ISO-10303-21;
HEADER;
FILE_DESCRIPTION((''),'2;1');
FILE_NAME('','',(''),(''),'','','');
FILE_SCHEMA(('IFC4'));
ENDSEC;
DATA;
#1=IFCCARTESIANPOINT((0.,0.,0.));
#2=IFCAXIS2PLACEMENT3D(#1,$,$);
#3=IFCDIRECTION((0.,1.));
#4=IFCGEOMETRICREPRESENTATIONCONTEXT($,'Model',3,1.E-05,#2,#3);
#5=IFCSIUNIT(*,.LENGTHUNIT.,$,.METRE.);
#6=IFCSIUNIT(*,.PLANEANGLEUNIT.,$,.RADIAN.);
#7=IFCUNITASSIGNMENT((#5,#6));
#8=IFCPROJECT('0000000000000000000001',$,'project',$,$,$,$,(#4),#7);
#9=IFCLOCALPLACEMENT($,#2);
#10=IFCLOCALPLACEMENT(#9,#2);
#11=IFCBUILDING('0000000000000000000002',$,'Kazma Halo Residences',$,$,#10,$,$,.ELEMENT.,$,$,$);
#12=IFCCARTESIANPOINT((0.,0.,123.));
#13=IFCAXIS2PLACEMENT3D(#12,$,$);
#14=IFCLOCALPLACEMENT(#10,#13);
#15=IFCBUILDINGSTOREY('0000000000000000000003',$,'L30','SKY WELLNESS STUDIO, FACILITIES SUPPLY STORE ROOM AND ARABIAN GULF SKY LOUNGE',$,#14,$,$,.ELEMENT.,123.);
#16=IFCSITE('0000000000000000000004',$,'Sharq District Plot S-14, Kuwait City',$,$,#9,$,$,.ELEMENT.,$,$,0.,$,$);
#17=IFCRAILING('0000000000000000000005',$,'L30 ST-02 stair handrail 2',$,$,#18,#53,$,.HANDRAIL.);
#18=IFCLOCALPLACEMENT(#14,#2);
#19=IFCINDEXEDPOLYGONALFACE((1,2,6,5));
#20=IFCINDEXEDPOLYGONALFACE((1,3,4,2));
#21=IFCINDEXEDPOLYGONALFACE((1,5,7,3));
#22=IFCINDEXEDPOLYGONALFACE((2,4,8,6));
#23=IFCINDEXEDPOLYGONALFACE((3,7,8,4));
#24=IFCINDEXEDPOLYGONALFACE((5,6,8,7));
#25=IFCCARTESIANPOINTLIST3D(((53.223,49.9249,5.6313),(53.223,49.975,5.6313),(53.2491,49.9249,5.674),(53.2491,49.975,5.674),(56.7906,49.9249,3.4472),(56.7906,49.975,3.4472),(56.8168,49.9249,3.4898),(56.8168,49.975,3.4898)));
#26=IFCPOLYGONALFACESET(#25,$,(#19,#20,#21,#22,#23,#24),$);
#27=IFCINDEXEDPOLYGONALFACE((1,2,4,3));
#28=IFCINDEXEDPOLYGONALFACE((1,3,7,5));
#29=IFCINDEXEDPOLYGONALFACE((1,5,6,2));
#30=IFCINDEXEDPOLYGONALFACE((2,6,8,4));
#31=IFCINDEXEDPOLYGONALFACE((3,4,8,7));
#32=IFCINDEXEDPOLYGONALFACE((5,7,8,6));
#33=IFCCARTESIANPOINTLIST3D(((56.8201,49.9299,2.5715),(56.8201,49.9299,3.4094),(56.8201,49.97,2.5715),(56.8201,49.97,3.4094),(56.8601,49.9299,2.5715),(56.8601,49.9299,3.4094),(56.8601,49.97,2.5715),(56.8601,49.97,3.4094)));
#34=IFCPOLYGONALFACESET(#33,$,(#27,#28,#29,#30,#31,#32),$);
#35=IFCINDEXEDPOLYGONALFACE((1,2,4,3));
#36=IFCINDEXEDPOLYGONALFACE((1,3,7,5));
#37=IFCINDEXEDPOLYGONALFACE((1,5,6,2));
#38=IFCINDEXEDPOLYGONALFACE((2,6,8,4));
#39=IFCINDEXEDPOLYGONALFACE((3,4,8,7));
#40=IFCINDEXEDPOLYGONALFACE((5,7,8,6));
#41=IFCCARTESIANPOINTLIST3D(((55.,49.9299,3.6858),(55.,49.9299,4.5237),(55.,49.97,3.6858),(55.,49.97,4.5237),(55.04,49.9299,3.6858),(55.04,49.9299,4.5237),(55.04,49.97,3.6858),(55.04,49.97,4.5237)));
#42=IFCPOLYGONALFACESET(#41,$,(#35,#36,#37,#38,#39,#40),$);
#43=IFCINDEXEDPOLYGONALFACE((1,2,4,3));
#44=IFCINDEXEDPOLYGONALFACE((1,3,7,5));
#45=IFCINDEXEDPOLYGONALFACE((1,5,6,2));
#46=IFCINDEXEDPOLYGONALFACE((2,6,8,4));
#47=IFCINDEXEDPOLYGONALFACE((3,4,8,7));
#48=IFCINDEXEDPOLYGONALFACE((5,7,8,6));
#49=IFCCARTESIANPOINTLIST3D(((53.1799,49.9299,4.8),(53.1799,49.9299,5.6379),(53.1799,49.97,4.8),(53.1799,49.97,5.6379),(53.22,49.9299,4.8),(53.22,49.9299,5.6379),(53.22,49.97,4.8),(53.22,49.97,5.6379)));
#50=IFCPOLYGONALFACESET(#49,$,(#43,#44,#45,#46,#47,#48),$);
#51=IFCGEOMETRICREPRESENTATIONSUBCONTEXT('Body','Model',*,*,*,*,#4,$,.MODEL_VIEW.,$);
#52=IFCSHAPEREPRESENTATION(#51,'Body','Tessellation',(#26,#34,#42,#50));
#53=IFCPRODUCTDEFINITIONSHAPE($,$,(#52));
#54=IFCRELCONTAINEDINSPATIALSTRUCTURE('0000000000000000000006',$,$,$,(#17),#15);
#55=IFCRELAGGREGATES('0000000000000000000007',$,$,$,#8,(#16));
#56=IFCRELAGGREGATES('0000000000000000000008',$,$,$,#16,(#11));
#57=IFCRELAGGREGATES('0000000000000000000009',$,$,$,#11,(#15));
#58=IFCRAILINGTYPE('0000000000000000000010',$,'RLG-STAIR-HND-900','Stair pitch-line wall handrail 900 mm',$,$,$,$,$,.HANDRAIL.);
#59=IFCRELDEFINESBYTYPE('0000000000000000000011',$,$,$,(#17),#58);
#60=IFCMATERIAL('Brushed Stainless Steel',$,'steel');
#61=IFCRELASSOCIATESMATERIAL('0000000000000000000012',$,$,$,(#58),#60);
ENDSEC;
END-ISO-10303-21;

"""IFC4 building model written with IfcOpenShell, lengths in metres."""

from ifc_helpers import new_model, si_unit, direction, frame, origin, origin_2d, place, context, subcontext, project, spatial, rectangle, extrude, material, type_object, element, save


model = new_model("IFC4")

# Units and contexts
model_context = context("Model", 3, precision=1e-05, world=origin(), true_north=direction((0.0, 1.0)))
body_context = subcontext(model_context, "Body", "Model", "MODEL_VIEW")
ifc_project = project(units=[si_unit("LENGTHUNIT", "METRE"), si_unit("PLANEANGLEUNIT", "RADIAN")], contexts=[model_context])

# Site, building, storey
site_placement = place(None, origin())
site = spatial("IfcSite", under=ifc_project, at=site_placement, Name="Sharq District Plot S-14, Kuwait City", CompositionType="ELEMENT", RefElevation=0.0)
building_placement = place(site_placement, origin())
building = spatial("IfcBuilding", under=site, at=building_placement, Name="Kazma Halo Residences", CompositionType="ELEMENT")
storey_placement = place(building_placement, frame((0.0, 0.0, 123.0)))
storey = spatial("IfcBuildingStorey", under=building, at=storey_placement, Name="L30", Description="SKY WELLNESS STUDIO, FACILITIES SUPPLY STORE ROOM AND ARABIAN GULF SKY LOUNGE", CompositionType="ELEMENT", Elevation=123.0)

# Railing
ifc_material_1 = material(Name="Brushed Stainless Steel", Category="steel")
railing_type = type_object("IfcRailingType", Name="RLG-STAIR-HND-900", Description="Stair pitch-line wall handrail 900 mm", PredefinedType="HANDRAIL", material=ifc_material_1)
railing_placement = place(storey_placement, frame((56.8401, 49.95, 2.5715)))
element("IfcRailing", 1, at=railing_placement, inside=storey, type_object=railing_type, Name="L30 ST-02 stair handrail 2", PredefinedType="HANDRAIL", context=body_context, shape_type="SweptSolid", body=[
    extrude(rectangle(XDim=0.05, YDim=0.05, at=origin_2d()), frame((-0.0364, 0.0, 0.897), z_axis=(-0.852866, 0.0, 0.52213), x_axis=(0.0, -1.0, 0.0)), (0.0, 0.0, 1.0), 4.1831),
    extrude(rectangle(XDim=0.04, YDim=0.04, at=origin_2d()), origin(), (0.0, 0.0, 1.0), 0.8379),
    extrude(rectangle(XDim=0.04, YDim=0.04, at=origin_2d()), frame((-1.8201, 0.0, 1.1143)), (0.0, 0.0, 1.0), 0.8379),
    extrude(rectangle(XDim=0.04, YDim=0.04, at=origin_2d()), frame((-3.6401, 0.0, 2.2285)), (0.0, 0.0, 1.0), 0.8379),
])

save(model, "model.ifc")
